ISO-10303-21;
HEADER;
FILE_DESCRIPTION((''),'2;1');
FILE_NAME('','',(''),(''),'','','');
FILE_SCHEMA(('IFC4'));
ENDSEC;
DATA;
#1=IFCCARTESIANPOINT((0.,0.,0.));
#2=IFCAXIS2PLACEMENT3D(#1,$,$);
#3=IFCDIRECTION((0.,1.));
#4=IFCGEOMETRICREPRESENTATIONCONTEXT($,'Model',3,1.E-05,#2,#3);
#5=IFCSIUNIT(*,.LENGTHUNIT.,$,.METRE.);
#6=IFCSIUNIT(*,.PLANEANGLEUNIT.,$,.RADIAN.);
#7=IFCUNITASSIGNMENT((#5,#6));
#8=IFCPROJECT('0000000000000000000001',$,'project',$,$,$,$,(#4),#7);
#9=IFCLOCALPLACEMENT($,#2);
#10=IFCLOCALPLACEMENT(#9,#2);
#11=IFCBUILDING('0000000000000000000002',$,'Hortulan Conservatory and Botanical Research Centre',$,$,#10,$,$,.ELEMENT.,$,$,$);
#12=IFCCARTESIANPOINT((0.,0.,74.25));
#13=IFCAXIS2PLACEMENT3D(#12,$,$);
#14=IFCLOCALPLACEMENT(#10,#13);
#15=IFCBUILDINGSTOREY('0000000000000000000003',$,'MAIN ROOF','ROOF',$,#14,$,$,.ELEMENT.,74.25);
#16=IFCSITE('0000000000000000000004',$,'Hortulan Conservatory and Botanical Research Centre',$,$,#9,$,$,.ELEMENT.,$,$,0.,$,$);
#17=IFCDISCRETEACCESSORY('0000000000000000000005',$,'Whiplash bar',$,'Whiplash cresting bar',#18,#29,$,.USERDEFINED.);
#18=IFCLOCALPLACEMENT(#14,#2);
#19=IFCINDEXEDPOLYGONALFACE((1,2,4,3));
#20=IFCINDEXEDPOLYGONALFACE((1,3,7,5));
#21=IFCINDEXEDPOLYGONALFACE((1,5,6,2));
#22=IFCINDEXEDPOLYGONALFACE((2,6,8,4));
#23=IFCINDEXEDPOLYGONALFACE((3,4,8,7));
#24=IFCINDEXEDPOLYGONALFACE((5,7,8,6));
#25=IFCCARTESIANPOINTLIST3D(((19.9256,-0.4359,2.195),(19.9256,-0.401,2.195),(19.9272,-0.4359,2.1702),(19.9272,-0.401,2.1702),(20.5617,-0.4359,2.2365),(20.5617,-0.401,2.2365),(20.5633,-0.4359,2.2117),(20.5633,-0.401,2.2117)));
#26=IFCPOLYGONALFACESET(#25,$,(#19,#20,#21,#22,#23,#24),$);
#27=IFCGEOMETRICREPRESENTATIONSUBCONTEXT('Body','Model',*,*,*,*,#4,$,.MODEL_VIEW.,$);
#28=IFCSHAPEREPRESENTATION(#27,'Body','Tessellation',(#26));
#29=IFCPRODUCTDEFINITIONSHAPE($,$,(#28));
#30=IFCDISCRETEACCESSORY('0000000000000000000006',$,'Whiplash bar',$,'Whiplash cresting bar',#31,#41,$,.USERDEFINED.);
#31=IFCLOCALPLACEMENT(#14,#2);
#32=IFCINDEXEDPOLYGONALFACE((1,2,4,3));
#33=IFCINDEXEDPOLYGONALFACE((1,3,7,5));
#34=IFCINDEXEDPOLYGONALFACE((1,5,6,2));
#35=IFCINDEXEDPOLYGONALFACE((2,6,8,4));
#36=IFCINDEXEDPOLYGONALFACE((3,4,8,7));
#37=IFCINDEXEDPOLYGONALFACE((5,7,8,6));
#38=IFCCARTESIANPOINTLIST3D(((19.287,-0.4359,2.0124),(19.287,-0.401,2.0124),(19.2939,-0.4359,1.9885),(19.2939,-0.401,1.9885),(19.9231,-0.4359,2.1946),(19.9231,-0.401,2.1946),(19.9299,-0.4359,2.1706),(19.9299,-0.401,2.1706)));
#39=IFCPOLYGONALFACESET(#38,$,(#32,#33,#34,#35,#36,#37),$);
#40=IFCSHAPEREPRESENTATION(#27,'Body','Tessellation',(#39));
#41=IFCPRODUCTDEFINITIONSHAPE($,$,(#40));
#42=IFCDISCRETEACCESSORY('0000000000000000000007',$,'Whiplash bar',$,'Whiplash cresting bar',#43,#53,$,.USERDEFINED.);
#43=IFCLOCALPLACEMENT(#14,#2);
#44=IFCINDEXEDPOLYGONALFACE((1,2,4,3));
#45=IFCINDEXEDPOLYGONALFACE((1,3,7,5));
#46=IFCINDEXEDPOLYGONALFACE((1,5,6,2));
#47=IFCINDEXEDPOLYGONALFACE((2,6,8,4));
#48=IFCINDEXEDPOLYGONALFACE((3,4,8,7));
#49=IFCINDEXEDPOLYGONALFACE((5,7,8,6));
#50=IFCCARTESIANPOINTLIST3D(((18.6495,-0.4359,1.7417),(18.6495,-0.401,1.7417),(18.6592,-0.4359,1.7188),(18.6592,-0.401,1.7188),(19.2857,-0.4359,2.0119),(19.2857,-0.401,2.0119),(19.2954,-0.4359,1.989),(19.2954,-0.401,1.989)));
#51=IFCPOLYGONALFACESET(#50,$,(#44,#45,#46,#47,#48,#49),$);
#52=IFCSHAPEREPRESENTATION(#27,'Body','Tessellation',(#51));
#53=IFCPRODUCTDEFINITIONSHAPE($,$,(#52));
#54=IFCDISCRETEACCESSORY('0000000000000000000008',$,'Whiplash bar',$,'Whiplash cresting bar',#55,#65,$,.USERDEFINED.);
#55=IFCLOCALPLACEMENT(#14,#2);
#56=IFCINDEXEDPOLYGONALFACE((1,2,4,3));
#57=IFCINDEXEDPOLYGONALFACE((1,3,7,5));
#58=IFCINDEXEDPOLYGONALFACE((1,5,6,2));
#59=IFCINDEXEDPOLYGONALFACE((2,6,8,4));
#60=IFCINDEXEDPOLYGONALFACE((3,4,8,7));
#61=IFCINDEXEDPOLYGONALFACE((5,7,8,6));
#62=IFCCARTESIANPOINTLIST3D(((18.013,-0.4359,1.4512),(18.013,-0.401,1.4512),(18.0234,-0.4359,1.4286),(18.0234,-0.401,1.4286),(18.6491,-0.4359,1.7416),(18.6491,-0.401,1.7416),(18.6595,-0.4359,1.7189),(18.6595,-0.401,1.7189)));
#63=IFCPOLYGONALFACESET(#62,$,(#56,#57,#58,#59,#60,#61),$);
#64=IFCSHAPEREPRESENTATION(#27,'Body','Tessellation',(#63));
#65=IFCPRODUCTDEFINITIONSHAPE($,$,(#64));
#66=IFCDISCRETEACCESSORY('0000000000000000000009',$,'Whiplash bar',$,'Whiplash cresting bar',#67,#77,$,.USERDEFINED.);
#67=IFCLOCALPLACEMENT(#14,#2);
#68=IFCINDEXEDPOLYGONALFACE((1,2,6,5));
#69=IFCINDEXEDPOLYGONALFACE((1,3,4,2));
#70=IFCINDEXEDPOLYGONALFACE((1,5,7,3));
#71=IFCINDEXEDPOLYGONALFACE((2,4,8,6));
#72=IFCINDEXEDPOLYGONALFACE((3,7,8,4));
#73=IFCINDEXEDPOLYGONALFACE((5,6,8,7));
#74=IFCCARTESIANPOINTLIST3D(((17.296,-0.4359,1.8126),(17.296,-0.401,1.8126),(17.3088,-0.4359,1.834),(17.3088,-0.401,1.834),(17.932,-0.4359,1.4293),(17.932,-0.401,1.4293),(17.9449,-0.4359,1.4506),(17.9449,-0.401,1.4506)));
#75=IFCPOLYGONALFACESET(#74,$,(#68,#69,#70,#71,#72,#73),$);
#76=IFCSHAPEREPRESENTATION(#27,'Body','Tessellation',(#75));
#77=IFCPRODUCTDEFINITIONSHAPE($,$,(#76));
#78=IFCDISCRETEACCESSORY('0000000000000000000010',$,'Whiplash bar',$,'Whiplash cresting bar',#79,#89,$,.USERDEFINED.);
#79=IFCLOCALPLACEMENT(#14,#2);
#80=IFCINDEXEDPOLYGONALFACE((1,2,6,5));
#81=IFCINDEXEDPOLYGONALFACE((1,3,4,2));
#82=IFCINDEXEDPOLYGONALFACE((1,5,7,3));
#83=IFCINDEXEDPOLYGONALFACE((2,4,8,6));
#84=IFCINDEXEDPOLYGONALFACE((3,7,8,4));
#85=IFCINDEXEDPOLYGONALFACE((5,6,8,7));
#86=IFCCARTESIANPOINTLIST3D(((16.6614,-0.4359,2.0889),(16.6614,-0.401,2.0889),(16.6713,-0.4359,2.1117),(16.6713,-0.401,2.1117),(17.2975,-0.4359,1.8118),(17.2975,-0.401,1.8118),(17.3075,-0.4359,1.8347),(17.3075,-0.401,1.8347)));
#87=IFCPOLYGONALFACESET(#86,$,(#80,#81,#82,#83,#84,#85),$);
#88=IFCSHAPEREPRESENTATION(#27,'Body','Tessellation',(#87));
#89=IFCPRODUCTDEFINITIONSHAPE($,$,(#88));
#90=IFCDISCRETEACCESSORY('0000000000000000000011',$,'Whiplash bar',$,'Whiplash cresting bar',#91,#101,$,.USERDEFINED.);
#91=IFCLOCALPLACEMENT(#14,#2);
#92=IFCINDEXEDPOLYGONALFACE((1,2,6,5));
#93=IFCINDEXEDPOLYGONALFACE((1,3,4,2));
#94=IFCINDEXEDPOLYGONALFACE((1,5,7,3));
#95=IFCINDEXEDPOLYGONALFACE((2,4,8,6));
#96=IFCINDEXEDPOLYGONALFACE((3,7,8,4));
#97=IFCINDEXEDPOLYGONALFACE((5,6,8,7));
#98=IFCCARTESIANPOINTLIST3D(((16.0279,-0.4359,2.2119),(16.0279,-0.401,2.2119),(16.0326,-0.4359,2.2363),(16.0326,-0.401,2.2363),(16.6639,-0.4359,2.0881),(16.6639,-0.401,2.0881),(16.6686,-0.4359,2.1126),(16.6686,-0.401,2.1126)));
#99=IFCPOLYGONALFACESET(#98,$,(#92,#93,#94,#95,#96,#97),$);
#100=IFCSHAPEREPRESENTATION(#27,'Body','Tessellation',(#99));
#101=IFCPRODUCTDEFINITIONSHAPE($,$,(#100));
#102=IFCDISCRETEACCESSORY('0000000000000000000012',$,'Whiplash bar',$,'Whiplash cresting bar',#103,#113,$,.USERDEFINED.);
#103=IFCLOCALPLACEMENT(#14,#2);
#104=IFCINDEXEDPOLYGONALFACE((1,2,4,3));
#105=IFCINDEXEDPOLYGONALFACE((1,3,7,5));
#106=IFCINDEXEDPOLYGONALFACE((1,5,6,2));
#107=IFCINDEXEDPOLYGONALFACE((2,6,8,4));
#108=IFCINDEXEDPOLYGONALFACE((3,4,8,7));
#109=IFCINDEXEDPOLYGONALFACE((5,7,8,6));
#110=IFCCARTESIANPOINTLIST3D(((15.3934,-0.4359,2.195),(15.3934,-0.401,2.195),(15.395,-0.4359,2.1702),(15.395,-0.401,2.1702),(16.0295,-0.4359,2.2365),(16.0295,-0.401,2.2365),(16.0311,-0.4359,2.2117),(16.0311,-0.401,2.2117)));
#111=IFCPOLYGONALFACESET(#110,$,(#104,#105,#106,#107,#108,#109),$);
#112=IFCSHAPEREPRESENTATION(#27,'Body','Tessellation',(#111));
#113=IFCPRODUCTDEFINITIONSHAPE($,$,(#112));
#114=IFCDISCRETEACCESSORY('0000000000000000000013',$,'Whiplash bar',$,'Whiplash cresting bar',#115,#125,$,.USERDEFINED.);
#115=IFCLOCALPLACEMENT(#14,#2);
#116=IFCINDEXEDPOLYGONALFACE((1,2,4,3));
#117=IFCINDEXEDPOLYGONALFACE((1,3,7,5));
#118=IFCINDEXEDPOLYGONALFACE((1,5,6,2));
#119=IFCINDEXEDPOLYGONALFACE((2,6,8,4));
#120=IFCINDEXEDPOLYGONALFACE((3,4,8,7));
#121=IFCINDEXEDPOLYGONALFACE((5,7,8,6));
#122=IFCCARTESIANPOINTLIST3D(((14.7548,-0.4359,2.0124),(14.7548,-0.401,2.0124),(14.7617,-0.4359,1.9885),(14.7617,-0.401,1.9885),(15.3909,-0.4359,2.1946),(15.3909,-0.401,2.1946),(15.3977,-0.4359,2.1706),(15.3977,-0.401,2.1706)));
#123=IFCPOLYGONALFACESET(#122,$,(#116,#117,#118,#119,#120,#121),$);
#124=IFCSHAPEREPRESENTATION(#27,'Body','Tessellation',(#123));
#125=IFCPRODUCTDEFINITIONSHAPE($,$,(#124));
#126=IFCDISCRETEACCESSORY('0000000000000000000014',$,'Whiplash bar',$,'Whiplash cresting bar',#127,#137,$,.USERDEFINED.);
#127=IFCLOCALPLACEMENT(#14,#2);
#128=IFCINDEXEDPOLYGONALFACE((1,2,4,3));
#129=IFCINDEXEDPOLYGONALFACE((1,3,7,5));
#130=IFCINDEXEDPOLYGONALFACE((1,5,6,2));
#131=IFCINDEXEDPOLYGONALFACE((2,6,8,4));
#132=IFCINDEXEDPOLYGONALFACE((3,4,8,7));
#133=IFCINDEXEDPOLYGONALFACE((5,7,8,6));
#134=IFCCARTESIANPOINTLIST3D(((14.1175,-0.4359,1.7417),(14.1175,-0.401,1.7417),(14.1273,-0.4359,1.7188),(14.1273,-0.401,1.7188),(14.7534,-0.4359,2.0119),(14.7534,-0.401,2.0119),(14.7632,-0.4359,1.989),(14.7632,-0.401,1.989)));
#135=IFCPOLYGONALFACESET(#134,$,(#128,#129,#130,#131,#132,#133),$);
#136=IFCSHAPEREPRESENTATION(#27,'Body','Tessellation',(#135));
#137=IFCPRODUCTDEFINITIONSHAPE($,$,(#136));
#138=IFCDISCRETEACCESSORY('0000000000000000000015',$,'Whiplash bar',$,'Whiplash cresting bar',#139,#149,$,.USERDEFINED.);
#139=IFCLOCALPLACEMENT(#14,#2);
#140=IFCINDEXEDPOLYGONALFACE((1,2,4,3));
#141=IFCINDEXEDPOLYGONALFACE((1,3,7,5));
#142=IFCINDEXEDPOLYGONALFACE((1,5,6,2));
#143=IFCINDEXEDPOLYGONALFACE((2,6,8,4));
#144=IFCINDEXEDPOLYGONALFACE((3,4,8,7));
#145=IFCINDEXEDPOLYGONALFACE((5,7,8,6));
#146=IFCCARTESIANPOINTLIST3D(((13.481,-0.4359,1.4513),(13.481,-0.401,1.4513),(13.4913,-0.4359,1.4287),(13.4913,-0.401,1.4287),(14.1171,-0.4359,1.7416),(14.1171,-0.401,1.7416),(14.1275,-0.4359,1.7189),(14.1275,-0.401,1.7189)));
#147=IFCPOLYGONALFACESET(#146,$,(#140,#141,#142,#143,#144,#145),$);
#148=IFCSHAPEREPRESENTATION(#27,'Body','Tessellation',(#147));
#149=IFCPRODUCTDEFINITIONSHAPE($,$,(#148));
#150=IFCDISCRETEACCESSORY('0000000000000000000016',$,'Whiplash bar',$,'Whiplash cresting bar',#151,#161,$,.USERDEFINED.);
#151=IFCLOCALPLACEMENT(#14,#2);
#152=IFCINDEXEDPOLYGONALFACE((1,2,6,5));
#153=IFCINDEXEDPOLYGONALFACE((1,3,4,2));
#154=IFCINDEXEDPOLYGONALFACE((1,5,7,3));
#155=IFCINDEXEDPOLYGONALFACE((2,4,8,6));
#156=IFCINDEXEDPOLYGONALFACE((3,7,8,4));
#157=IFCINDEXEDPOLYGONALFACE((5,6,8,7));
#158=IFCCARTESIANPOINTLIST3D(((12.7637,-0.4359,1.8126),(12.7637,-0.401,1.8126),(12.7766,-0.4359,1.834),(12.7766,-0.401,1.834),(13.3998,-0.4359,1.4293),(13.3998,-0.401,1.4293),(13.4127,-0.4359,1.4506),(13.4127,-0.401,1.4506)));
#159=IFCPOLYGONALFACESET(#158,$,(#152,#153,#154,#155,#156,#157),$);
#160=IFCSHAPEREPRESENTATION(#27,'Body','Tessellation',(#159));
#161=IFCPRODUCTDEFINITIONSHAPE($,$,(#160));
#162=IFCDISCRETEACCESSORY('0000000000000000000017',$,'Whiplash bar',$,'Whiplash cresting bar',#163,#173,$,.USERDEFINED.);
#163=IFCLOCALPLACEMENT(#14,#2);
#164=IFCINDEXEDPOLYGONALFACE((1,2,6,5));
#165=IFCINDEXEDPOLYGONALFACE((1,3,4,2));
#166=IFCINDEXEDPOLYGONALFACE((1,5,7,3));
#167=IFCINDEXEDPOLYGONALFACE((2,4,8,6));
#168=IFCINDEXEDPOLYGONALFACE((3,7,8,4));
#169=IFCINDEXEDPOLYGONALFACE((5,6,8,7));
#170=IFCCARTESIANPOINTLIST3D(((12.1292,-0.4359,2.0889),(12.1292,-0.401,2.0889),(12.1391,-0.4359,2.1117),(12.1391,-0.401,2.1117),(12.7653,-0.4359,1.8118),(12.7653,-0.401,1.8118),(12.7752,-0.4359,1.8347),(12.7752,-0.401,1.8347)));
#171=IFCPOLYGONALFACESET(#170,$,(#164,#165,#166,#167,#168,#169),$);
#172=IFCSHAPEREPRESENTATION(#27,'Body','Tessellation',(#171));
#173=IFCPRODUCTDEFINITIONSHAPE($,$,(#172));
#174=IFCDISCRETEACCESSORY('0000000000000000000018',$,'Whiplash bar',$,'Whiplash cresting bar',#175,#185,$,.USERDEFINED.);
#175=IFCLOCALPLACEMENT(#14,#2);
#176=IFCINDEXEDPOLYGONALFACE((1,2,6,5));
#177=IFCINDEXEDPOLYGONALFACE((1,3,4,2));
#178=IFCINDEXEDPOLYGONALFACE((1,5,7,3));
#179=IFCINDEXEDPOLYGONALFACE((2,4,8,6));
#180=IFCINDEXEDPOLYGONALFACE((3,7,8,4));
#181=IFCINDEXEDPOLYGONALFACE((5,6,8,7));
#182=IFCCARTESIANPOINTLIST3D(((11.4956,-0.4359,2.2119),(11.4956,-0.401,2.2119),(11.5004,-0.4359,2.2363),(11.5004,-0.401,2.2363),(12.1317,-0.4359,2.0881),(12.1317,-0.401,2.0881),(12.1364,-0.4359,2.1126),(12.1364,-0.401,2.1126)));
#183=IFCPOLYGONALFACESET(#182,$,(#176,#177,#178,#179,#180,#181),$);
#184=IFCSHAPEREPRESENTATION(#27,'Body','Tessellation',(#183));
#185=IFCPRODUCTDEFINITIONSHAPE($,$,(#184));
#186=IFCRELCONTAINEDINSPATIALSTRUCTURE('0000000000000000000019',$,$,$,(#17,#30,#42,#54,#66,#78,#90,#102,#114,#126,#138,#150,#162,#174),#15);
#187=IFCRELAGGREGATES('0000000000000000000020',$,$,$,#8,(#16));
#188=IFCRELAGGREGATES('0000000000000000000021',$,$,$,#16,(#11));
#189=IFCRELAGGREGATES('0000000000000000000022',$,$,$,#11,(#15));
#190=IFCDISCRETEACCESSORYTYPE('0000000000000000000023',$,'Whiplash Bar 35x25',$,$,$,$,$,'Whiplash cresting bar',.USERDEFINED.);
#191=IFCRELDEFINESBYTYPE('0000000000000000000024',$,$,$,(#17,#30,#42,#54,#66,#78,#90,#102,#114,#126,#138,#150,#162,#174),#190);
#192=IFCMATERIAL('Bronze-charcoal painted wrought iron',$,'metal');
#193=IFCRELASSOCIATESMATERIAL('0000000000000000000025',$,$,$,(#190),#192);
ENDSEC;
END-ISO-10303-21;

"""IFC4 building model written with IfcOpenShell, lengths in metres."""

from ifc_helpers import new_model, si_unit, direction, frame, origin, origin_2d, place, context, subcontext, project, spatial, rectangle, extrude, material, material_profile, profile_set, type_object, element, save


model = new_model("IFC4")

# Units and contexts
model_context = context("Model", 3, precision=1e-05, world=origin(), true_north=direction((0.0, 1.0)))
body_context = subcontext(model_context, "Body", "Model", "MODEL_VIEW")
ifc_project = project(units=[si_unit("LENGTHUNIT", "METRE"), si_unit("PLANEANGLEUNIT", "RADIAN")], contexts=[model_context])

# Site, building, storey
site_placement = place(None, origin())
site = spatial("IfcSite", under=ifc_project, at=site_placement, Name="Hortulan Conservatory and Botanical Research Centre", CompositionType="ELEMENT", RefElevation=0.0)
building_placement = place(site_placement, origin())
building = spatial("IfcBuilding", under=site, at=building_placement, Name="Hortulan Conservatory and Botanical Research Centre", CompositionType="ELEMENT")
storey_placement = place(building_placement, frame((0.0, 0.0, 74.25)))
storey = spatial("IfcBuildingStorey", under=building, at=storey_placement, Name="MAIN ROOF", Description="ROOF", CompositionType="ELEMENT", Elevation=74.25)

# Discrete accessories
ifc_material = material(Name="Bronze-charcoal painted wrought iron", Category="metal")
ifc_material_profile = material_profile(ifc_material, rectangle(XDim=0.0349, YDim=0.0249, at=origin_2d()), Name="Flat bar 35x25")
ifc_profile_set = profile_set([ifc_material_profile], Name="Bronze-charcoal painted wrought iron")
discrete_accessory_type = type_object("IfcDiscreteAccessoryType", Name="Whiplash Bar 35x25", ElementType="Whiplash cresting bar", PredefinedType="USERDEFINED", material=ifc_profile_set)
discrete_accessory_1_placement = place(storey_placement, frame((20.5625, -0.4185, 2.2241), z_axis=(-0.997877, 0.0, -0.065121), x_axis=(0.0, -1.0, 0.0)))
element("IfcDiscreteAccessory", 1, at=discrete_accessory_1_placement, inside=storey, type_object=discrete_accessory_type, Name="Whiplash bar", ObjectType="Whiplash cresting bar", PredefinedType="USERDEFINED", context=body_context, shape_type="SweptSolid", body=[
    extrude(rectangle(XDim=0.0349, YDim=0.0249, at=origin_2d()), origin(), (0.0, 0.0, 1.0), 0.6375),
])
discrete_accessory_2_placement = place(storey_placement, frame((19.9265, -0.4185, 2.1826), z_axis=(-0.961357, 0.0, -0.275306), x_axis=(0.0, -1.0, 0.0)))
element("IfcDiscreteAccessory", 2, at=discrete_accessory_2_placement, inside=storey, type_object=discrete_accessory_type, Name="Whiplash bar", ObjectType="Whiplash cresting bar", PredefinedType="USERDEFINED", context=body_context, shape_type="SweptSolid", body=[
    extrude(rectangle(XDim=0.0349, YDim=0.0249, at=origin_2d()), origin(), (0.0, 0.0, 1.0), 0.6616),
])
discrete_accessory_3_placement = place(storey_placement, frame((19.2905, -0.4185, 2.0005), z_axis=(-0.920401, 0.0, -0.390976), x_axis=(0.0, -1.0, 0.0)))
element("IfcDiscreteAccessory", 3, at=discrete_accessory_3_placement, inside=storey, type_object=discrete_accessory_type, Name="Whiplash bar", ObjectType="Whiplash cresting bar", PredefinedType="USERDEFINED", context=body_context, shape_type="SweptSolid", body=[
    extrude(rectangle(XDim=0.0349, YDim=0.0249, at=origin_2d()), origin(), (0.0, 0.0, 1.0), 0.6912),
])
discrete_accessory_4_placement = place(storey_placement, frame((18.6543, -0.4185, 1.7302), z_axis=(-0.90972, 0.0, -0.415223), x_axis=(0.0, -1.0, 0.0)))
element("IfcDiscreteAccessory", 4, at=discrete_accessory_4_placement, inside=storey, type_object=discrete_accessory_type, Name="Whiplash bar", ObjectType="Whiplash cresting bar", PredefinedType="USERDEFINED", context=body_context, shape_type="SweptSolid", body=[
    extrude(rectangle(XDim=0.0349, YDim=0.0249, at=origin_2d()), origin(), (0.0, 0.0, 1.0), 0.6992),
])
discrete_accessory_5_placement = place(storey_placement, frame((17.9385, -0.4185, 1.4399), z_axis=(-0.856476, 0.0, 0.516187), x_axis=(0.0, -1.0, 0.0)))
element("IfcDiscreteAccessory", 5, at=discrete_accessory_5_placement, inside=storey, type_object=discrete_accessory_type, Name="Whiplash bar", ObjectType="Whiplash cresting bar", PredefinedType="USERDEFINED", context=body_context, shape_type="SweptSolid", body=[
    extrude(rectangle(XDim=0.0349, YDim=0.0249, at=origin_2d()), origin(), (0.0, 0.0, 1.0), 0.7427),
])
discrete_accessory_6_placement = place(storey_placement, frame((17.3025, -0.4185, 1.8232), z_axis=(-0.916818, 0.0, 0.399305), x_axis=(0.0, -1.0, 0.0)))
element("IfcDiscreteAccessory", 6, at=discrete_accessory_6_placement, inside=storey, type_object=discrete_accessory_type, Name="Whiplash bar", ObjectType="Whiplash cresting bar", PredefinedType="USERDEFINED", context=body_context, shape_type="SweptSolid", body=[
    extrude(rectangle(XDim=0.0349, YDim=0.0249, at=origin_2d()), origin(), (0.0, 0.0, 1.0), 0.6938),
])
discrete_accessory_7_placement = place(storey_placement, frame((16.6663, -0.4185, 2.1003), z_axis=(-0.981582, 0.0, 0.191041), x_axis=(0.0, -1.0, 0.0)))
element("IfcDiscreteAccessory", 7, at=discrete_accessory_7_placement, inside=storey, type_object=discrete_accessory_type, Name="Whiplash bar", ObjectType="Whiplash cresting bar", PredefinedType="USERDEFINED", context=body_context, shape_type="SweptSolid", body=[
    extrude(rectangle(XDim=0.0349, YDim=0.0249, at=origin_2d()), origin(), (0.0, 0.0, 1.0), 0.6479),
])
discrete_accessory_8_placement = place(storey_placement, frame((16.0303, -0.4185, 2.2241), z_axis=(-0.997877, 0.0, -0.065121), x_axis=(0.0, -1.0, 0.0)))
element("IfcDiscreteAccessory", 8, at=discrete_accessory_8_placement, inside=storey, type_object=discrete_accessory_type, Name="Whiplash bar", ObjectType="Whiplash cresting bar", PredefinedType="USERDEFINED", context=body_context, shape_type="SweptSolid", body=[
    extrude(rectangle(XDim=0.0349, YDim=0.0249, at=origin_2d()), origin(), (0.0, 0.0, 1.0), 0.6375),
])
discrete_accessory_9_placement = place(storey_placement, frame((15.3943, -0.4185, 2.1826), z_axis=(-0.961357, 0.0, -0.275306), x_axis=(0.0, -1.0, 0.0)))
element("IfcDiscreteAccessory", 9, at=discrete_accessory_9_placement, inside=storey, type_object=discrete_accessory_type, Name="Whiplash bar", ObjectType="Whiplash cresting bar", PredefinedType="USERDEFINED", context=body_context, shape_type="SweptSolid", body=[
    extrude(rectangle(XDim=0.0349, YDim=0.0249, at=origin_2d()), origin(), (0.0, 0.0, 1.0), 0.6616),
])
discrete_accessory_10_placement = place(storey_placement, frame((14.7583, -0.4185, 2.0005), z_axis=(-0.920347, 0.0, -0.391103), x_axis=(0.0, -1.0, 0.0)))
element("IfcDiscreteAccessory", 10, at=discrete_accessory_10_placement, inside=storey, type_object=discrete_accessory_type, Name="Whiplash bar", ObjectType="Whiplash cresting bar", PredefinedType="USERDEFINED", context=body_context, shape_type="SweptSolid", body=[
    extrude(rectangle(XDim=0.0349, YDim=0.0249, at=origin_2d()), origin(), (0.0, 0.0, 1.0), 0.6909),
])
discrete_accessory_11_placement = place(storey_placement, frame((14.1223, -0.4185, 1.7302), z_axis=(-0.90978, 0.0, -0.415091), x_axis=(0.0, -1.0, 0.0)))
element("IfcDiscreteAccessory", 11, at=discrete_accessory_11_placement, inside=storey, type_object=discrete_accessory_type, Name="Whiplash bar", ObjectType="Whiplash cresting bar", PredefinedType="USERDEFINED", context=body_context, shape_type="SweptSolid", body=[
    extrude(rectangle(XDim=0.0349, YDim=0.0249, at=origin_2d()), origin(), (0.0, 0.0, 1.0), 0.6992),
])
discrete_accessory_12_placement = place(storey_placement, frame((13.4062, -0.4185, 1.4399), z_axis=(-0.856476, 0.0, 0.516187), x_axis=(0.0, -1.0, 0.0)))
element("IfcDiscreteAccessory", 12, at=discrete_accessory_12_placement, inside=storey, type_object=discrete_accessory_type, Name="Whiplash bar", ObjectType="Whiplash cresting bar", PredefinedType="USERDEFINED", context=body_context, shape_type="SweptSolid", body=[
    extrude(rectangle(XDim=0.0349, YDim=0.0249, at=origin_2d()), origin(), (0.0, 0.0, 1.0), 0.7427),
])
discrete_accessory_13_placement = place(storey_placement, frame((12.7703, -0.4185, 1.8232), z_axis=(-0.916818, 0.0, 0.399305), x_axis=(0.0, -1.0, 0.0)))
element("IfcDiscreteAccessory", 13, at=discrete_accessory_13_placement, inside=storey, type_object=discrete_accessory_type, Name="Whiplash bar", ObjectType="Whiplash cresting bar", PredefinedType="USERDEFINED", context=body_context, shape_type="SweptSolid", body=[
    extrude(rectangle(XDim=0.0349, YDim=0.0249, at=origin_2d()), origin(), (0.0, 0.0, 1.0), 0.6938),
])
discrete_accessory_14_placement = place(storey_placement, frame((12.134, -0.4185, 2.1003), z_axis=(-0.981582, 0.0, 0.191041), x_axis=(0.0, -1.0, 0.0)))
element("IfcDiscreteAccessory", 14, at=discrete_accessory_14_placement, inside=storey, type_object=discrete_accessory_type, Name="Whiplash bar", ObjectType="Whiplash cresting bar", PredefinedType="USERDEFINED", context=body_context, shape_type="SweptSolid", body=[
    extrude(rectangle(XDim=0.0349, YDim=0.0249, at=origin_2d()), origin(), (0.0, 0.0, 1.0), 0.6479),
])

save(model, "model.ifc")
